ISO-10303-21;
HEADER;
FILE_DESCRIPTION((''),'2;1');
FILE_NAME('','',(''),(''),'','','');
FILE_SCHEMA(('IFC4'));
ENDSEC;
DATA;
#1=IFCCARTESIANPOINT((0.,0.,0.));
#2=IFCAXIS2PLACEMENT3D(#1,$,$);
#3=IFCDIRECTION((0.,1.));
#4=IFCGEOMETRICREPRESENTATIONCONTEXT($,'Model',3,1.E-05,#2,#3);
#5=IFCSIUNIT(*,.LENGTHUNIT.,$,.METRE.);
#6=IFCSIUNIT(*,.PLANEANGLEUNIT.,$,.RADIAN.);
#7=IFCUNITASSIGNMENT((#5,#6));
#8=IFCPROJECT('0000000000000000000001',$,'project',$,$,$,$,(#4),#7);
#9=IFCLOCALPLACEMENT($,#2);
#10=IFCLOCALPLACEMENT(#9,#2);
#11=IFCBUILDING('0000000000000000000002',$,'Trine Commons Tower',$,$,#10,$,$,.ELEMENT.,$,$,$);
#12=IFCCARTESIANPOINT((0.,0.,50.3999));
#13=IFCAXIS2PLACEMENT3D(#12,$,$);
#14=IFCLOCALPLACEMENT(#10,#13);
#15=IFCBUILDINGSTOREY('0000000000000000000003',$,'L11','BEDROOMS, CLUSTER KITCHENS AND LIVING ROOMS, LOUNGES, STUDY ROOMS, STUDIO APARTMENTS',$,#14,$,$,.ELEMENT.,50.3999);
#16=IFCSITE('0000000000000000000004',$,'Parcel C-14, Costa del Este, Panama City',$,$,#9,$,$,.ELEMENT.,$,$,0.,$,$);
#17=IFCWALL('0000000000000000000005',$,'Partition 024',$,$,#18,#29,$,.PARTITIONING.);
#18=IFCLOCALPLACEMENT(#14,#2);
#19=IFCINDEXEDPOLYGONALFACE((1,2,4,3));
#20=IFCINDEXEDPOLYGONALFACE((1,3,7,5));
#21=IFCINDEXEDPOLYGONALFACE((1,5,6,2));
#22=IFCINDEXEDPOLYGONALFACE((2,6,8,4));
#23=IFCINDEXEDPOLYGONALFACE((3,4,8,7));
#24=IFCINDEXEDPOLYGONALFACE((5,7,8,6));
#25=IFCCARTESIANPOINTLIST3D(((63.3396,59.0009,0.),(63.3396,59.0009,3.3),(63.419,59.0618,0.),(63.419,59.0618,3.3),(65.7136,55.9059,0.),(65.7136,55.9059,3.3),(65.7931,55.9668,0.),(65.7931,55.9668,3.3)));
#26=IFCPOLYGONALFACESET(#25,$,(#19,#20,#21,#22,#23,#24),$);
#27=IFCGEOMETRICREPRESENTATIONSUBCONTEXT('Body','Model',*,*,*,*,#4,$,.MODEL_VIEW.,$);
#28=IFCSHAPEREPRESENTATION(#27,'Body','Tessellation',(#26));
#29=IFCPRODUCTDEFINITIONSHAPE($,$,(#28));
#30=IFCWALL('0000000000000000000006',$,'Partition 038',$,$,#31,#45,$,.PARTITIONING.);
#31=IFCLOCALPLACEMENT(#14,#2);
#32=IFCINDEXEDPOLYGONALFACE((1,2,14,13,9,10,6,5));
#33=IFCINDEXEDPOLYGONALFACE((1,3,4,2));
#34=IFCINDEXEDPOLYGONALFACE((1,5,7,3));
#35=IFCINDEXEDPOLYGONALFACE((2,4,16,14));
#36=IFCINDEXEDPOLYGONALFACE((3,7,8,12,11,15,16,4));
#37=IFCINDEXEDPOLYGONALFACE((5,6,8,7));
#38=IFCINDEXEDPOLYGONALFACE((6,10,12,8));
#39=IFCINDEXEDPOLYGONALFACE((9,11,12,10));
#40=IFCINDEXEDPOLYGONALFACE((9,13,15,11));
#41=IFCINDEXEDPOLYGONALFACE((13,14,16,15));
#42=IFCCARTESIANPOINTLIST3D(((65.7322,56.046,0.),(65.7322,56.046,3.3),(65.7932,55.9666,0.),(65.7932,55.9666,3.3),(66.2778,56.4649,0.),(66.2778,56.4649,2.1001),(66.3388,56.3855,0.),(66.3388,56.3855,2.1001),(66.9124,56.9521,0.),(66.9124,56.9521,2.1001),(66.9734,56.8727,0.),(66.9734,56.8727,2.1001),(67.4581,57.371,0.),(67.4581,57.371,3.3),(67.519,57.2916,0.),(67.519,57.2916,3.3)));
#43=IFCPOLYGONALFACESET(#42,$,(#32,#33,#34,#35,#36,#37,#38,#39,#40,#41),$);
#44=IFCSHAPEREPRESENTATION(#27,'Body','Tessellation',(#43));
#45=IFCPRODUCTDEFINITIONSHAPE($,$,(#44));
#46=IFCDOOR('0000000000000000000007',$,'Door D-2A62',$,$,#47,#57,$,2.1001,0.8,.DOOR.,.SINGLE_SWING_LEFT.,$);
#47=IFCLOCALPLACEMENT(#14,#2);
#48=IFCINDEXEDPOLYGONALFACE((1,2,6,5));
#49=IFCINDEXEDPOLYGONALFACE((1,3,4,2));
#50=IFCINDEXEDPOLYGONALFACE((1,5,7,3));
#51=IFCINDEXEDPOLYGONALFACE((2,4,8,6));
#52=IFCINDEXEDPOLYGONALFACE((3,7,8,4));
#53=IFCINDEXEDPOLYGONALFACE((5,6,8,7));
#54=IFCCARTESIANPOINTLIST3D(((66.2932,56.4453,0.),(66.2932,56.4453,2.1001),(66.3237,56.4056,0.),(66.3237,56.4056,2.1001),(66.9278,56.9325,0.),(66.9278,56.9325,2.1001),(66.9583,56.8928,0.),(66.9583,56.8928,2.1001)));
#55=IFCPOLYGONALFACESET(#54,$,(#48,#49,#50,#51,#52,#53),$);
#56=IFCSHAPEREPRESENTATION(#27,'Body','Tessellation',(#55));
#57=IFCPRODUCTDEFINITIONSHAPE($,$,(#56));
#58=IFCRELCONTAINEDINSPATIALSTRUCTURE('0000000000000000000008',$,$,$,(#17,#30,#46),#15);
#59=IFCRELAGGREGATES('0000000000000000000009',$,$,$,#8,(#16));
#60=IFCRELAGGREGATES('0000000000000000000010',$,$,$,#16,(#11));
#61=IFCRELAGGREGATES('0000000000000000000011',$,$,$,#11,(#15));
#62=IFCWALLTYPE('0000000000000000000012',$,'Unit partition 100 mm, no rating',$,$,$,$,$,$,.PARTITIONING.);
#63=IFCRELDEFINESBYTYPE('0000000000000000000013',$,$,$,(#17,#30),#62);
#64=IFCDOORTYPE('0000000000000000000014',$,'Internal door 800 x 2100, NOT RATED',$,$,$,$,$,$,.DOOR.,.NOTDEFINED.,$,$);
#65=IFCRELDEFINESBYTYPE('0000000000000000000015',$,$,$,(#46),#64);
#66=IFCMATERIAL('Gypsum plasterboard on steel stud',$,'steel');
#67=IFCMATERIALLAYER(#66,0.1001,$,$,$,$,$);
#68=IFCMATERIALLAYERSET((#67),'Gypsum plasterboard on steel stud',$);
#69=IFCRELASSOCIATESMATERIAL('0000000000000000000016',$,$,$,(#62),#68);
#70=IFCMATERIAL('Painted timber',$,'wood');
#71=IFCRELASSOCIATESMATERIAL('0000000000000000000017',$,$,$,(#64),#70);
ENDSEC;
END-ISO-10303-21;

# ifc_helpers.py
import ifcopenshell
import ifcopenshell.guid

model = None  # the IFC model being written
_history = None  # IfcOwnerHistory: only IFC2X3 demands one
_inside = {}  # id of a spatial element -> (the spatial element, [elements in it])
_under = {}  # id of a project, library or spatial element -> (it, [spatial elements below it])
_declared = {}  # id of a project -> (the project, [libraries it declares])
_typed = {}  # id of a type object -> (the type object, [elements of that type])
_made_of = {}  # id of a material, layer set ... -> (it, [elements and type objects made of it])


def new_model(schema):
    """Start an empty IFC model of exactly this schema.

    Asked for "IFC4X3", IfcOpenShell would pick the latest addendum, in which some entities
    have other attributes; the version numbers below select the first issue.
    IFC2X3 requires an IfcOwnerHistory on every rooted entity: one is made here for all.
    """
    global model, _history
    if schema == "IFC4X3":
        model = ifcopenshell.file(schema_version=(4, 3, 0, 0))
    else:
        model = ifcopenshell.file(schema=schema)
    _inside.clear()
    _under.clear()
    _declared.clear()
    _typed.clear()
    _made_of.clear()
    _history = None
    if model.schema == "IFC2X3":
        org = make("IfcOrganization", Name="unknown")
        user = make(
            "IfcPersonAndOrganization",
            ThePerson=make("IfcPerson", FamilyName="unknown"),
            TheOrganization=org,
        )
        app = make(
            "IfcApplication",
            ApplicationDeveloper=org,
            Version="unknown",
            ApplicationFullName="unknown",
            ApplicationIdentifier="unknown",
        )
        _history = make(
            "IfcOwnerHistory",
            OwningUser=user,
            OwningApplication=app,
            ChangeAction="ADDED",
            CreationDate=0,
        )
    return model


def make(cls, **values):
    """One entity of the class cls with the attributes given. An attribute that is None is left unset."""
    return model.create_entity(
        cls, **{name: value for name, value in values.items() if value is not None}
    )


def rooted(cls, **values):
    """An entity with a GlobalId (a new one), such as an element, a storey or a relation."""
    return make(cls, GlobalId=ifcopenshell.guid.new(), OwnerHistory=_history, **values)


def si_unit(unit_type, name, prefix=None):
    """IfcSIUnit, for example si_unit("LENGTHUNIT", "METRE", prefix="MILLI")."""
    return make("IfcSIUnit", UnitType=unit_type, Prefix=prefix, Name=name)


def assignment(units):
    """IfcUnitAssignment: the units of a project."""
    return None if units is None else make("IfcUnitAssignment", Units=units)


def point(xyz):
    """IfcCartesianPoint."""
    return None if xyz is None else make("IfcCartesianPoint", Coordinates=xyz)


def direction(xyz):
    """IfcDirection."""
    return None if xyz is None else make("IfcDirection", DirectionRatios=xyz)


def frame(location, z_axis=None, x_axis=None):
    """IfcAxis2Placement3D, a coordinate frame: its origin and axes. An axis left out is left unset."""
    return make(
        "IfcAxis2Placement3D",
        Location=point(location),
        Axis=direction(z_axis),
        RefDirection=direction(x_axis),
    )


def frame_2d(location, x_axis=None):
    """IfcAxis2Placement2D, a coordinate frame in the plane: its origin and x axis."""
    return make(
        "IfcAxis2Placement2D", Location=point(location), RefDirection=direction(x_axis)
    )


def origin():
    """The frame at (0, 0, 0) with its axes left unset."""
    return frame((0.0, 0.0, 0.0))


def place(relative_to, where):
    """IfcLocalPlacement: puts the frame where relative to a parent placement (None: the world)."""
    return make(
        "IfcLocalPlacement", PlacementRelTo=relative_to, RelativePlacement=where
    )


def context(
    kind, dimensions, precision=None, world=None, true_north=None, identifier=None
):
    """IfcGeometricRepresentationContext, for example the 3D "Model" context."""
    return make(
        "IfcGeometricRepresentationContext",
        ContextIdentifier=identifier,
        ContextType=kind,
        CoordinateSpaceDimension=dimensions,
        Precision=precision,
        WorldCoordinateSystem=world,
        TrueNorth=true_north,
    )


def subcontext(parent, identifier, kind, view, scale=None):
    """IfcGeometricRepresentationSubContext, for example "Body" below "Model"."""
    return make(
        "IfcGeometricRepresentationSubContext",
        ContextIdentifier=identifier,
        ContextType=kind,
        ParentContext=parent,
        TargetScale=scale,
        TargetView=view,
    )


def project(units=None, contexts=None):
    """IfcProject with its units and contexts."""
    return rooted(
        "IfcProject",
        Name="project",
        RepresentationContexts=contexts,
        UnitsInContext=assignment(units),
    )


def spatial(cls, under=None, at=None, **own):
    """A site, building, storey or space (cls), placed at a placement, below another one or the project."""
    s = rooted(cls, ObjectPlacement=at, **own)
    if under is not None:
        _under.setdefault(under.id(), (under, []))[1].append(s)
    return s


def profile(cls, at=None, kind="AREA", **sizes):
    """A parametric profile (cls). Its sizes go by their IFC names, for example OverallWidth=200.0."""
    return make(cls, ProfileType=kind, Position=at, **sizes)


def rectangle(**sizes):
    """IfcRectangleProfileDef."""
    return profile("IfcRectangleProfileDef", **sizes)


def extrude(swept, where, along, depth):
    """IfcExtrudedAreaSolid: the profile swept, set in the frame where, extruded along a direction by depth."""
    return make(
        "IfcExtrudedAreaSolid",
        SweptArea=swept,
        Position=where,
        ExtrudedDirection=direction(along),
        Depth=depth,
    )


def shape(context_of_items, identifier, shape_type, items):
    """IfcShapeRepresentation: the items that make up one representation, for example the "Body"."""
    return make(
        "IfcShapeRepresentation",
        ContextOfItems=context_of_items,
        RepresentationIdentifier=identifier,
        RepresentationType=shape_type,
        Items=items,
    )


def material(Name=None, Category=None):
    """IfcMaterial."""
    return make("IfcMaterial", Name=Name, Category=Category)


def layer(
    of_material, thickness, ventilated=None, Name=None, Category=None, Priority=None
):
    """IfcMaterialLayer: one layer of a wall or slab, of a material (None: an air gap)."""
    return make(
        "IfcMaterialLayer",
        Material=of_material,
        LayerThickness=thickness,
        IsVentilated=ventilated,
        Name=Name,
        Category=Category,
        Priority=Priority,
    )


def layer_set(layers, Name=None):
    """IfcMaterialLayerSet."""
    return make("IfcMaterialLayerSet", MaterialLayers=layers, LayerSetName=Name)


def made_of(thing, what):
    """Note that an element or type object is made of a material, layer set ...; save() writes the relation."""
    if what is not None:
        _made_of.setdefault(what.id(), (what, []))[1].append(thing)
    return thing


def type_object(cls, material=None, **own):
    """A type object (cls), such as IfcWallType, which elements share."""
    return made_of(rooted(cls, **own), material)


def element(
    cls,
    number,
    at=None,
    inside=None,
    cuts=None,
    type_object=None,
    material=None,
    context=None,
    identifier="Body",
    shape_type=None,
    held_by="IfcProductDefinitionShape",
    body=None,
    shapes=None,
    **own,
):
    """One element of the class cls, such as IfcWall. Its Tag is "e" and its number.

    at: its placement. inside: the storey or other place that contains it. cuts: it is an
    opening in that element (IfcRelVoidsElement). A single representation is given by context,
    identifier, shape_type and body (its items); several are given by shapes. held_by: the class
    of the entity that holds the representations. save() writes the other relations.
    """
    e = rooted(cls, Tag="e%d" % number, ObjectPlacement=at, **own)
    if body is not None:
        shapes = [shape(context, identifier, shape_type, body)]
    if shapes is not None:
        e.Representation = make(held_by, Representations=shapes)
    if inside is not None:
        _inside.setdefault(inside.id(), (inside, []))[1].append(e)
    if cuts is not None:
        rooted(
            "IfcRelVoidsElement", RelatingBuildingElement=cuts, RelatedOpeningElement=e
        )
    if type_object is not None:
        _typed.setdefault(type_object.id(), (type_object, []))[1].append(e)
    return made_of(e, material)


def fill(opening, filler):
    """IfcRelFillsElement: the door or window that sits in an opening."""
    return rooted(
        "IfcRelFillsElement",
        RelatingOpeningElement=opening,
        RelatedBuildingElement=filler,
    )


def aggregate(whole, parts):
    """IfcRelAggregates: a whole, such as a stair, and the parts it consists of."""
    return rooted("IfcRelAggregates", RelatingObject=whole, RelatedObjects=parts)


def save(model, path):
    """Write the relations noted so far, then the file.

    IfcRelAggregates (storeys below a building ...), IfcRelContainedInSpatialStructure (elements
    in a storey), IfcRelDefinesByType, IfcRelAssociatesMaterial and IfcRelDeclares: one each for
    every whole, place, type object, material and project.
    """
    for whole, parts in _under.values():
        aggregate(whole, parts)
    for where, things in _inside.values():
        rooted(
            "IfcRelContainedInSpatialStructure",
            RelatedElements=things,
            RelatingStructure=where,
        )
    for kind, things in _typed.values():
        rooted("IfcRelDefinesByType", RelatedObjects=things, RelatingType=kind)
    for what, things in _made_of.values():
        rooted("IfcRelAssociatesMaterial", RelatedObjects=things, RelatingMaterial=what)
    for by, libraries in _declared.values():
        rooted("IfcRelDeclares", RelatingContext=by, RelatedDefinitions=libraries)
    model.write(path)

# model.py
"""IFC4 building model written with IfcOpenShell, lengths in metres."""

from ifc_helpers import new_model, si_unit, direction, frame, frame_2d, origin, place, context, subcontext, project, spatial, rectangle, extrude, material, layer, layer_set, type_object, element, fill, save


model = new_model("IFC4")

# Units and contexts
model_context = context("Model", 3, precision=1e-05, world=origin(), true_north=direction((0.0, 1.0)))
body_context = subcontext(model_context, "Body", "Model", "MODEL_VIEW")
ifc_project = project(units=[si_unit("LENGTHUNIT", "METRE"), si_unit("PLANEANGLEUNIT", "RADIAN")], contexts=[model_context])

# Site, building, storey
site_placement = place(None, origin())
site = spatial("IfcSite", under=ifc_project, at=site_placement, Name="Parcel C-14, Costa del Este, Panama City", CompositionType="ELEMENT", RefElevation=0.0)
building_placement = place(site_placement, origin())
building = spatial("IfcBuilding", under=site, at=building_placement, Name="Trine Commons Tower", CompositionType="ELEMENT")
storey_placement = place(building_placement, frame((0.0, 0.0, 50.3999)))
storey = spatial("IfcBuildingStorey", under=building, at=storey_placement, Name="L11", Description="BEDROOMS, CLUSTER KITCHENS AND LIVING ROOMS, LOUNGES, STUDY ROOMS, STUDIO APARTMENTS", CompositionType="ELEMENT", Elevation=50.3999)

# Shared definitions
ifc_material_1 = material(Name="Gypsum plasterboard on steel stud", Category="steel")

# Shared definitions
ifc_layer_1 = layer(ifc_material_1, 0.1001)
ifc_layer_set_1 = layer_set([ifc_layer_1], Name="Gypsum plasterboard on steel stud")
wall_type_1 = type_object("IfcWallType", Name="Unit partition 100 mm, no rating", PredefinedType="PARTITIONING", material=ifc_layer_set_1)
ifc_material_2 = material(Name="Painted timber", Category="wood")
door_type = type_object("IfcDoorType", Name="Internal door 800 x 2100, NOT RATED", OperationType="NOTDEFINED", PredefinedType="DOOR", material=ifc_material_2)

# Wall
wall_1_placement = place(storey_placement, frame((63.3794, 59.0312, 0.0), z_axis=(0.0, 0.0, 1.0), x_axis=(0.608627, -0.793456, 0.0)))
element("IfcWall", 1, at=wall_1_placement, inside=storey, type_object=wall_type_1, Name="Partition 024", PredefinedType="PARTITIONING", context=body_context, shape_type="SweptSolid", body=[
    extrude(rectangle(XDim=3.9006, YDim=0.1001, at=frame_2d((1.9502, 0.0))), origin(), (0.0, 0.0, 1.0), 3.3),
])

# Wall, opening, door
wall_2_placement = place(storey_placement, frame((65.7627, 56.0063, 0.0), z_axis=(0.0, 0.0, 1.0), x_axis=(0.793203, 0.608957, 0.0)))
wall_2 = element("IfcWall", 2, at=wall_2_placement, inside=storey, type_object=wall_type_1, Name="Partition 038", PredefinedType="PARTITIONING", context=body_context, shape_type="SweptSolid", body=[
    extrude(rectangle(XDim=2.1758, YDim=0.1001, at=frame_2d((1.0879, 0.0))), origin(), (0.0, 0.0, 1.0), 3.3),
])
opening_1_placement = place(wall_2_placement, frame((0.688, 0.0, 0.0)))
opening_1 = element("IfcOpeningElement", 3, at=opening_1_placement, cuts=wall_2, PredefinedType="OPENING", context=body_context, shape_type="SweptSolid", body=[
    extrude(rectangle(XDim=0.8, YDim=2.1001, at=frame_2d((0.3999, 1.05))), frame((0.0, 0.0601, 0.0), z_axis=(0.0, -1.0, 0.0), x_axis=(1.0, 0.0, 0.0)), (0.0, 0.0, 1.0), 0.1201),
])
door_1_placement = place(opening_1_placement, frame((0.8, 0.0, 0.0), z_axis=(0.0, 0.0, 1.0), x_axis=(-1.0, 0.0, 0.0)))
door_1 = element("IfcDoor", 4, at=door_1_placement, inside=storey, type_object=door_type, Name="Door D-2A62", OperationType="SINGLE_SWING_LEFT", OverallHeight=2.1001, OverallWidth=0.8, PredefinedType="DOOR", context=body_context, shape_type="SweptSolid", body=[
    extrude(rectangle(XDim=0.8, YDim=2.1001, at=frame_2d((0.3999, 1.05))), frame((0.0, 0.0249, 0.0), z_axis=(0.0, -1.0, 0.0), x_axis=(1.0, 0.0, 0.0)), (0.0, 0.0, 1.0), 0.05),
])
fill(opening_1, door_1)

save(model, "model.ifc")
